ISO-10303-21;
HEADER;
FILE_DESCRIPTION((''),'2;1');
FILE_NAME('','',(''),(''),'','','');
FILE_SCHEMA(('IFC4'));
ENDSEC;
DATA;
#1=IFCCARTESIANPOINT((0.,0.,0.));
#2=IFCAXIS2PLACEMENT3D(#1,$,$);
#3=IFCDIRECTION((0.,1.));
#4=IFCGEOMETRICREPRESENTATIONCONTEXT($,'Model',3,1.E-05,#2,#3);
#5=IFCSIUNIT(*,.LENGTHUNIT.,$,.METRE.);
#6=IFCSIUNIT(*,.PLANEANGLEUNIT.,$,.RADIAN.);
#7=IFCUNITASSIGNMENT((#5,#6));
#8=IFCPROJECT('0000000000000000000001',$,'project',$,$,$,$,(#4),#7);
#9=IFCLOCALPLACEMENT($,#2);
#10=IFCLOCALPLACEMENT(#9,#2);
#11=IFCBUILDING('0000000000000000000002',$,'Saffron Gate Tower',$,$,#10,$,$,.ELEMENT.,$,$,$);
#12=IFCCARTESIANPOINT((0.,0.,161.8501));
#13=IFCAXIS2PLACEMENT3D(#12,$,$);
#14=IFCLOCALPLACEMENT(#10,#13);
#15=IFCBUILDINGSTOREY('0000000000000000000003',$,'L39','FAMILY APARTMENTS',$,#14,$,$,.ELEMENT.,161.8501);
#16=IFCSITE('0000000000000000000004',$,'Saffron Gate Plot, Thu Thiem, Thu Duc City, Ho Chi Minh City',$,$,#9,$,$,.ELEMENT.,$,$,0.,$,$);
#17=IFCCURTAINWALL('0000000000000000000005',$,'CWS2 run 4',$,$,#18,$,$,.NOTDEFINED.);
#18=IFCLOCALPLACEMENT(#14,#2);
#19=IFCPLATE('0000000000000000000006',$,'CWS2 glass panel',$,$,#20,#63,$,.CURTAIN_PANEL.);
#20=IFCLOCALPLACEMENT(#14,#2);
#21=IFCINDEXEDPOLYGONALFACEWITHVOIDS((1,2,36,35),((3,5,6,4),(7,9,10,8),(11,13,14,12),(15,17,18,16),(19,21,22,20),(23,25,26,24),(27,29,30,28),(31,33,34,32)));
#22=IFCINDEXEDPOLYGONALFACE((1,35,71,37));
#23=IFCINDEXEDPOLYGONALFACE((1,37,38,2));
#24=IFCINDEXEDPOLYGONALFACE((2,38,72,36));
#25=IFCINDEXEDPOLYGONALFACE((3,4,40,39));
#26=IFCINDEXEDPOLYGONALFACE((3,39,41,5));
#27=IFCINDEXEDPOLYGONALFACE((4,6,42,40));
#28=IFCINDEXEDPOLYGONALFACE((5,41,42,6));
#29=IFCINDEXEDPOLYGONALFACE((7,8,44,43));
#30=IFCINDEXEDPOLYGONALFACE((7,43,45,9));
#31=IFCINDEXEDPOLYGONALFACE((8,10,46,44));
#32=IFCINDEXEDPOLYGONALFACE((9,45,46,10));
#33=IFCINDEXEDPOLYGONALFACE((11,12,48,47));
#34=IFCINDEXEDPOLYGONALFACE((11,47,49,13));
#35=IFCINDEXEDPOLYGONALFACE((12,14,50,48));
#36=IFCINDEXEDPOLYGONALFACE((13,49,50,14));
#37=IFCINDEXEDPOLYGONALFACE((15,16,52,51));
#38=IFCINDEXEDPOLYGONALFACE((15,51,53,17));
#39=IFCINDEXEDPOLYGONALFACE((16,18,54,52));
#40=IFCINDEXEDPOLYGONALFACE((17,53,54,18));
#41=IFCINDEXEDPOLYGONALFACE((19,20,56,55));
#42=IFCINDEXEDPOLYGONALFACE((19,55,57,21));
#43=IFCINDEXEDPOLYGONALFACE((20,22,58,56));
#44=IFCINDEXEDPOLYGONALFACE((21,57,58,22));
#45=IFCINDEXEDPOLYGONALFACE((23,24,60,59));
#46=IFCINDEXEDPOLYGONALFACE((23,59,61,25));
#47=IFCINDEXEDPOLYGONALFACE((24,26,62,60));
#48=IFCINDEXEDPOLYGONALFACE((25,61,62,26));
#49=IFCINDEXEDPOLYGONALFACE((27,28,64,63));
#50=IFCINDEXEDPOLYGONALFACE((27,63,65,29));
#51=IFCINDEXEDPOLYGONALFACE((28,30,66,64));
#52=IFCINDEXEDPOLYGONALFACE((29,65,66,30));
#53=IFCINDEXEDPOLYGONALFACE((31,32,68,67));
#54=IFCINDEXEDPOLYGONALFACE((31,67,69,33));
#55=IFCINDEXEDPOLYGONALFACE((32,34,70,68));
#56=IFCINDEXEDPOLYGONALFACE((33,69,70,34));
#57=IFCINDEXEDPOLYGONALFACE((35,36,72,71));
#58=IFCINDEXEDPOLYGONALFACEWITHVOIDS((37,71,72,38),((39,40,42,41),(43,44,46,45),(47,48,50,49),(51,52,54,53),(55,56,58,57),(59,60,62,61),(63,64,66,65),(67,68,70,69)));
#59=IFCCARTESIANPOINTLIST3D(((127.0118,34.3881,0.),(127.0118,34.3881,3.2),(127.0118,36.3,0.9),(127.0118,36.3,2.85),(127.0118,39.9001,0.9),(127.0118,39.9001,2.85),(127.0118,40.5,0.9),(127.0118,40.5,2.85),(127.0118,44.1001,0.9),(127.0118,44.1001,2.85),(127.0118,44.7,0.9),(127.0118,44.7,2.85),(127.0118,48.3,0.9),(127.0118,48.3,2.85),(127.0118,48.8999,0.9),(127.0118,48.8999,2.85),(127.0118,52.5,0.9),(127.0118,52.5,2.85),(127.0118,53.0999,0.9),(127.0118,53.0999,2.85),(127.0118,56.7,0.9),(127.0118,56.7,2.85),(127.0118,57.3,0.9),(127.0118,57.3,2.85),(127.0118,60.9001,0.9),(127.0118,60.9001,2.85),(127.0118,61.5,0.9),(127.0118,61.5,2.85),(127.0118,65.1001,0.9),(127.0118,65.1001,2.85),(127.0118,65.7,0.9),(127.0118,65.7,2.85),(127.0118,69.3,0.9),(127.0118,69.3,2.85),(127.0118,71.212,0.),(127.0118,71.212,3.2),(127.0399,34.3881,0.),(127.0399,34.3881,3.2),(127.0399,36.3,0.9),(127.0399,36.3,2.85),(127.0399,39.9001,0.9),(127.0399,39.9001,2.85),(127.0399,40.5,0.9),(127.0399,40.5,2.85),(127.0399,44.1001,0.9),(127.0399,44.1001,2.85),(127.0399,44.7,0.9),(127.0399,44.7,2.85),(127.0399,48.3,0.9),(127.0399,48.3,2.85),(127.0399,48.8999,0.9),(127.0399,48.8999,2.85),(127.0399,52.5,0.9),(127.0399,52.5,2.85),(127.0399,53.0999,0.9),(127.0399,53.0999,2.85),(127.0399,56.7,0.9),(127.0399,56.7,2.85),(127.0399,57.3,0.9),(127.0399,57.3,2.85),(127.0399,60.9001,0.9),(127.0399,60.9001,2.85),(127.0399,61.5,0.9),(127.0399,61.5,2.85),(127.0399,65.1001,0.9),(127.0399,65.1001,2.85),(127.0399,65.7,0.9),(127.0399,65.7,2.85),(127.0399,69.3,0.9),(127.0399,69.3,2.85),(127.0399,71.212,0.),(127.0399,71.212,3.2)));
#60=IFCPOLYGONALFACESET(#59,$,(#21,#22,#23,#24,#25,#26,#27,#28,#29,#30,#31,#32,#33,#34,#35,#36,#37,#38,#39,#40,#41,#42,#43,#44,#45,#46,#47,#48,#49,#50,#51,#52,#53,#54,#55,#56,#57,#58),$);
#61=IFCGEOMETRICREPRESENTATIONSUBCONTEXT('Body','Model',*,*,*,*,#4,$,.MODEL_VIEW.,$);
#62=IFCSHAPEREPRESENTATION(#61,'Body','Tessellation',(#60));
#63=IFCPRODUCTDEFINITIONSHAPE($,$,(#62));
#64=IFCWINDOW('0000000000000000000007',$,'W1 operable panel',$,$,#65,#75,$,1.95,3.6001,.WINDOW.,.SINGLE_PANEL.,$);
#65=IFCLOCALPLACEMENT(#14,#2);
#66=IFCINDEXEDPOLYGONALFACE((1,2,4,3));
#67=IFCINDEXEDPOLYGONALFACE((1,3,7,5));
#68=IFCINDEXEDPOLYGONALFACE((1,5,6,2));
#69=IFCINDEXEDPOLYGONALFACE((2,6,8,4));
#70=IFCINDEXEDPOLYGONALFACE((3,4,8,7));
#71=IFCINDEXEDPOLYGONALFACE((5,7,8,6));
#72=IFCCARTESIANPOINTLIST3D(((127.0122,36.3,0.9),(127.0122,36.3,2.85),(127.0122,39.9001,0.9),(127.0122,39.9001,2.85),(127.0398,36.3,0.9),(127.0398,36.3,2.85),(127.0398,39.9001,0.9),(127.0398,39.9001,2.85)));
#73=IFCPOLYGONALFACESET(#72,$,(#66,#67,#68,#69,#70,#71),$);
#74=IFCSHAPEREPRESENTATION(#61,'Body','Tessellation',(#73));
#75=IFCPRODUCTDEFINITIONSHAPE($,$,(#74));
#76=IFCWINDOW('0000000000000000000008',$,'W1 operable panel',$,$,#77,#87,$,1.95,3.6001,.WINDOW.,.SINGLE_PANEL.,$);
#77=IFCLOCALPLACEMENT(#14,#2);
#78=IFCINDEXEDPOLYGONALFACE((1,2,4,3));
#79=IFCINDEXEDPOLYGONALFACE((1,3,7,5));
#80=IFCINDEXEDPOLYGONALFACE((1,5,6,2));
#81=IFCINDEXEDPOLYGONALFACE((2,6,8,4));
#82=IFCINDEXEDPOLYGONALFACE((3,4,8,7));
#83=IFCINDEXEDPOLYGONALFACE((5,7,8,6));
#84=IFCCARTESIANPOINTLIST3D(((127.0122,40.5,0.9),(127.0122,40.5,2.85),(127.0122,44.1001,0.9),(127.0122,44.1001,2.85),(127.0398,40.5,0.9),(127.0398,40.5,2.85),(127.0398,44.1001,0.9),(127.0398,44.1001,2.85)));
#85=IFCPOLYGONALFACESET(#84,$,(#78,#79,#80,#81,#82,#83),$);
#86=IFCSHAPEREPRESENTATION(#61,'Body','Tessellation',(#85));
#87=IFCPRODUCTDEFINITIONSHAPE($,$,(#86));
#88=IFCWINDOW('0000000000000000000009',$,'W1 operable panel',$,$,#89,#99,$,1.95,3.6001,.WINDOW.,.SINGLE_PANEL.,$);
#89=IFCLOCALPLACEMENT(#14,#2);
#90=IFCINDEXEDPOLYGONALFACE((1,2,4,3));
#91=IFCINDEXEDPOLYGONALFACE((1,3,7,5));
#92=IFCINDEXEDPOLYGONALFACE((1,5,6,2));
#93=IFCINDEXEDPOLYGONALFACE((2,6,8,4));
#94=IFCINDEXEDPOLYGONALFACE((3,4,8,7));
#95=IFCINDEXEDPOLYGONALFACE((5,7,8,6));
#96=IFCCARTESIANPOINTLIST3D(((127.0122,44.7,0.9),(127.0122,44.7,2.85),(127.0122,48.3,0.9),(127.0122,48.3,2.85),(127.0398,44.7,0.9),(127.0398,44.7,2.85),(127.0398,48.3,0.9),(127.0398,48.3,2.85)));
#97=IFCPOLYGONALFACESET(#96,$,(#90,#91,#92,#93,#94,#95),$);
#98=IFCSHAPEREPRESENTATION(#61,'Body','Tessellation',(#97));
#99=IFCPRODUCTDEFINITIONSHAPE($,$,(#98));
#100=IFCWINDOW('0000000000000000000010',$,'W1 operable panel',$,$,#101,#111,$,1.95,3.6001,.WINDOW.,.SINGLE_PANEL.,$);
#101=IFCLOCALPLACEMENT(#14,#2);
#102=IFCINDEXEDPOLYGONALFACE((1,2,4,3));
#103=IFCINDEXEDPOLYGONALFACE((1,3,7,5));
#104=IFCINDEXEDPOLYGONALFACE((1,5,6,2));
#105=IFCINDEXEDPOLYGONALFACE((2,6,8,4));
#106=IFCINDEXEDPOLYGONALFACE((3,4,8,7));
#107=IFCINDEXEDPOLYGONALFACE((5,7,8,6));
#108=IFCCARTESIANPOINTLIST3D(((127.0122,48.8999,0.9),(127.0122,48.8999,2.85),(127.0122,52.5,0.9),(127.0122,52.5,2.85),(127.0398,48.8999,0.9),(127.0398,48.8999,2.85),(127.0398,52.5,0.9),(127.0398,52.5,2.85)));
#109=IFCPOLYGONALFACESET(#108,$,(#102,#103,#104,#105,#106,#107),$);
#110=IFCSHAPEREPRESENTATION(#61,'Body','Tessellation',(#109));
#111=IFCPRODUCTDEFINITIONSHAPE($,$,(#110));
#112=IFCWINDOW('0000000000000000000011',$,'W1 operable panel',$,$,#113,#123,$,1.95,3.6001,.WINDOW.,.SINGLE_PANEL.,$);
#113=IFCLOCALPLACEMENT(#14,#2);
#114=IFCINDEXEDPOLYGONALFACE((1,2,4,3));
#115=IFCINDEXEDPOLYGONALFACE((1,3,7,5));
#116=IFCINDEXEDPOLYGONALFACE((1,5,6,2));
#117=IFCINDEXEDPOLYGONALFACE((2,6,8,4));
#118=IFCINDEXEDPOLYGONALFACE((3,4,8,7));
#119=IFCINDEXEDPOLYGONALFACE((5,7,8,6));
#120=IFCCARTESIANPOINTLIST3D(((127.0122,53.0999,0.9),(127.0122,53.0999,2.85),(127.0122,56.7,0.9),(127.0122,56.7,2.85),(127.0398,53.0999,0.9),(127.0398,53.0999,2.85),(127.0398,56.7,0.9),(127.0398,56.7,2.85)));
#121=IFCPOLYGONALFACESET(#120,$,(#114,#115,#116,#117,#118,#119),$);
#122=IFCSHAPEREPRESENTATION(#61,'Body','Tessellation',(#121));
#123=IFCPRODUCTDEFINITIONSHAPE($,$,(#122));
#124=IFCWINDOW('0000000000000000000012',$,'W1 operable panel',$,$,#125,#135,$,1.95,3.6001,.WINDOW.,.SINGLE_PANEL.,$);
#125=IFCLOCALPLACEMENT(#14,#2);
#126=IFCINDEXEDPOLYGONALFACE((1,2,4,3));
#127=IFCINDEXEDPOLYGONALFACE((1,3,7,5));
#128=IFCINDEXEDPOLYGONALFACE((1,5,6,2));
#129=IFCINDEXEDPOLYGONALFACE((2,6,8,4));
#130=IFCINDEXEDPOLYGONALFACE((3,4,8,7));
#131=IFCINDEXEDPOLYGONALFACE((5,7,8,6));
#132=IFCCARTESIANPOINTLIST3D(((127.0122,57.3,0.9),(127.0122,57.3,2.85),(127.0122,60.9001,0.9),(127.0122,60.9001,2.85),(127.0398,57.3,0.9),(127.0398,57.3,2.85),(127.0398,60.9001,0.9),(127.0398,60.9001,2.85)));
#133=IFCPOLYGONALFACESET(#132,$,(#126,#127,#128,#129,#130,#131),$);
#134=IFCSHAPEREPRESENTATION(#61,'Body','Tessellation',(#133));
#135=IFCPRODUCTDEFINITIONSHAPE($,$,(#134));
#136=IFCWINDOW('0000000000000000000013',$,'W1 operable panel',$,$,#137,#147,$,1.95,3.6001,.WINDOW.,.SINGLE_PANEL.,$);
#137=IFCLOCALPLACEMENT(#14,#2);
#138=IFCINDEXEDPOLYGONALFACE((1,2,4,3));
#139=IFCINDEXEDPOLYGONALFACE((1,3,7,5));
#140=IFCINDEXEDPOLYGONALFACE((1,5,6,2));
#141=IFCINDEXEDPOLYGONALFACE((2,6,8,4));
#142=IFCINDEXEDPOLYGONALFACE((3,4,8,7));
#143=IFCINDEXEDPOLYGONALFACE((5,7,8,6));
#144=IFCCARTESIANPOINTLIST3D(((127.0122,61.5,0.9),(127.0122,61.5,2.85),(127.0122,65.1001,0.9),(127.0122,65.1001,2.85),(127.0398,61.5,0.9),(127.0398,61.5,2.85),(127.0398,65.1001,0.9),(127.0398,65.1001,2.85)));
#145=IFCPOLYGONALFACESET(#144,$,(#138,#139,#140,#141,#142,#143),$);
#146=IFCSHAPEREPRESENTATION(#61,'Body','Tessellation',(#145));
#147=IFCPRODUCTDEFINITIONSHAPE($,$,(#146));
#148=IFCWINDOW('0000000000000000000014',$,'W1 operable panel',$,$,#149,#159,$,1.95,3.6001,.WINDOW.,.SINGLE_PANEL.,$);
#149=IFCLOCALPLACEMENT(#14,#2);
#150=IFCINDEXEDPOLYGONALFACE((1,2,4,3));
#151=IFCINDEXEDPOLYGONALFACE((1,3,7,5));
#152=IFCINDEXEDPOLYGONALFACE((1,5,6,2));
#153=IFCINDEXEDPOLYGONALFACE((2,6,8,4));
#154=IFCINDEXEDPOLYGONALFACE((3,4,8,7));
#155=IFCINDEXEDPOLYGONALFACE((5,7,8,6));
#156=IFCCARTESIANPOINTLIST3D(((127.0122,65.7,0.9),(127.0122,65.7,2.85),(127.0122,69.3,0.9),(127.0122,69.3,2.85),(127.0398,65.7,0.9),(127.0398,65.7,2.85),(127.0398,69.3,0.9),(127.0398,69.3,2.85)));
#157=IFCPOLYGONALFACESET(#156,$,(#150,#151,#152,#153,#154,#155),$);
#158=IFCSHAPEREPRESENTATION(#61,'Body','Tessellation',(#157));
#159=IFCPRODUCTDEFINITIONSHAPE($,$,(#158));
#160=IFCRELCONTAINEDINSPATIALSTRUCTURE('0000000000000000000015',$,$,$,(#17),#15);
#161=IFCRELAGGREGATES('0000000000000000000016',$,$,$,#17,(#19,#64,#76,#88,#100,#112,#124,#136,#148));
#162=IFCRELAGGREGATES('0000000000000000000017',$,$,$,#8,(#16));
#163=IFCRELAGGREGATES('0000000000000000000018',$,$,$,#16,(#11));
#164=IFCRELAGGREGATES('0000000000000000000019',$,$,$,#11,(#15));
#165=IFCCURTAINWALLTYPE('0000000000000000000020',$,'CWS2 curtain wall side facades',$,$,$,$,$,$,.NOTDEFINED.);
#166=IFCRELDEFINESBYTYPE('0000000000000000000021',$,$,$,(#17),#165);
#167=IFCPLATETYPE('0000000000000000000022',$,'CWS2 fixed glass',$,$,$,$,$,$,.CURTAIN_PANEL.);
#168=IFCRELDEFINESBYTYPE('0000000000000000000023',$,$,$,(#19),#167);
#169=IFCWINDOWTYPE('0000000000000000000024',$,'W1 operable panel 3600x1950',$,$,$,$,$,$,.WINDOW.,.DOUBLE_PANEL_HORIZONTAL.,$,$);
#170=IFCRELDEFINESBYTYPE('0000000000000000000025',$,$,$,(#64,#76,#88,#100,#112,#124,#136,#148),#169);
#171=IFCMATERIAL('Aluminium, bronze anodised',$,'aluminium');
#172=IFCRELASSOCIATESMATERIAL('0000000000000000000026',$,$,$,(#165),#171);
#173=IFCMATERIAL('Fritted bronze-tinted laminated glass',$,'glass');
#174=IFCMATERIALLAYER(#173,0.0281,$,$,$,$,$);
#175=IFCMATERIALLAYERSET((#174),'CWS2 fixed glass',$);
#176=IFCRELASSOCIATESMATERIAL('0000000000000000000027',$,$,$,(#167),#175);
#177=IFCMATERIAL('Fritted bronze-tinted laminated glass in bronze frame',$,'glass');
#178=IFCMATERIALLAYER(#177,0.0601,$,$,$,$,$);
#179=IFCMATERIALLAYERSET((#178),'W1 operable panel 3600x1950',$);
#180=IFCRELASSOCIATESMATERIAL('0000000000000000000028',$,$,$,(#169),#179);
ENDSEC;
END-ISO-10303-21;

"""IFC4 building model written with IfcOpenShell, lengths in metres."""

from ifc_helpers import new_model, si_unit, direction, frame, frame_2d, origin, place, context, subcontext, project, spatial, rectangle, extrude, material, layer, layer_set, type_object, element, fill, aggregate, save


model = new_model("IFC4")

# Units and contexts
model_context = context("Model", 3, precision=1e-05, world=origin(), true_north=direction((0.0, 1.0)))
body_context = subcontext(model_context, "Body", "Model", "MODEL_VIEW")
ifc_project = project(units=[si_unit("LENGTHUNIT", "METRE"), si_unit("PLANEANGLEUNIT", "RADIAN")], contexts=[model_context])

# Site, building, storey
site_placement = place(None, origin())
site = spatial("IfcSite", under=ifc_project, at=site_placement, Name="Saffron Gate Plot, Thu Thiem, Thu Duc City, Ho Chi Minh City", CompositionType="ELEMENT", RefElevation=0.0)
building_placement = place(site_placement, origin())
building = spatial("IfcBuilding", under=site, at=building_placement, Name="Saffron Gate Tower", CompositionType="ELEMENT")
storey_placement = place(building_placement, frame((0.0, 0.0, 161.8501)))
storey = spatial("IfcBuildingStorey", under=building, at=storey_placement, Name="L39", Description="FAMILY APARTMENTS", CompositionType="ELEMENT", Elevation=161.8501)

# Curtain wall
ifc_material_1 = material(Name="Aluminium, bronze anodised", Category="aluminium")
curtain_wall_type_1 = type_object("IfcCurtainWallType", Name="CWS2 curtain wall side facades", PredefinedType="NOTDEFINED", material=ifc_material_1)
curtain_wall_1_placement = place(storey_placement, origin())
curtain_wall_1 = element("IfcCurtainWall", 1, at=curtain_wall_1_placement, inside=storey, type_object=curtain_wall_type_1, Name="CWS2 run 4", PredefinedType="NOTDEFINED")

# Plate, openings, windows
ifc_material_2 = material(Name="Fritted bronze-tinted laminated glass", Category="glass")
ifc_layer_1 = layer(ifc_material_2, 0.0281)
ifc_layer_set_1 = layer_set([ifc_layer_1], Name="CWS2 fixed glass")
plate_type = type_object("IfcPlateType", Name="CWS2 fixed glass", PredefinedType="CURTAIN_PANEL", material=ifc_layer_set_1)
plate_placement = place(storey_placement, frame((127.0259, 34.3879, 0.0), z_axis=(0.0, 0.0, 1.0), x_axis=(0.0, 1.0, 0.0)))
plate = element("IfcPlate", 2, at=plate_placement, type_object=plate_type, Name="CWS2 glass panel", PredefinedType="CURTAIN_PANEL", context=body_context, shape_type="SweptSolid", body=[
    extrude(rectangle(XDim=36.824, YDim=0.0281, at=frame_2d((18.4121, 0.0))), origin(), (0.0, 0.0, 1.0), 3.2),
])
opening_1_placement = place(plate_placement, frame((1.9121, 0.0, 0.8999)))
opening_1 = element("IfcOpeningElement", 3, at=opening_1_placement, cuts=plate, PredefinedType="OPENING", context=body_context, shape_type="SweptSolid", body=[
    extrude(rectangle(XDim=3.6001, YDim=1.95, at=frame_2d((1.8, 0.9751))), frame((0.0, 0.0239, 0.0), z_axis=(0.0, -1.0, 0.0), x_axis=(1.0, 0.0, 0.0)), (0.0, 0.0, 1.0), 0.0481),
])
opening_2_placement = place(plate_placement, frame((6.1121, 0.0, 0.8999)))
opening_2 = element("IfcOpeningElement", 4, at=opening_2_placement, cuts=plate, PredefinedType="OPENING", context=body_context, shape_type="SweptSolid", body=[
    extrude(rectangle(XDim=3.6001, YDim=1.95, at=frame_2d((1.8, 0.9751))), frame((0.0, 0.0239, 0.0), z_axis=(0.0, -1.0, 0.0), x_axis=(1.0, 0.0, 0.0)), (0.0, 0.0, 1.0), 0.0481),
])
opening_3_placement = place(plate_placement, frame((10.312, 0.0, 0.8999)))
opening_3 = element("IfcOpeningElement", 5, at=opening_3_placement, cuts=plate, PredefinedType="OPENING", context=body_context, shape_type="SweptSolid", body=[
    extrude(rectangle(XDim=3.6001, YDim=1.95, at=frame_2d((1.8, 0.9751))), frame((0.0, 0.0239, 0.0), z_axis=(0.0, -1.0, 0.0), x_axis=(1.0, 0.0, 0.0)), (0.0, 0.0, 1.0), 0.0481),
])
opening_4_placement = place(plate_placement, frame((14.512, 0.0, 0.8999)))
opening_4 = element("IfcOpeningElement", 6, at=opening_4_placement, cuts=plate, PredefinedType="OPENING", context=body_context, shape_type="SweptSolid", body=[
    extrude(rectangle(XDim=3.6001, YDim=1.95, at=frame_2d((1.8, 0.9751))), frame((0.0, 0.0239, 0.0), z_axis=(0.0, -1.0, 0.0), x_axis=(1.0, 0.0, 0.0)), (0.0, 0.0, 1.0), 0.0481),
])
opening_5_placement = place(plate_placement, frame((18.7119, 0.0, 0.8999)))
opening_5 = element("IfcOpeningElement", 7, at=opening_5_placement, cuts=plate, PredefinedType="OPENING", context=body_context, shape_type="SweptSolid", body=[
    extrude(rectangle(XDim=3.6001, YDim=1.95, at=frame_2d((1.8, 0.9751))), frame((0.0, 0.0239, 0.0), z_axis=(0.0, -1.0, 0.0), x_axis=(1.0, 0.0, 0.0)), (0.0, 0.0, 1.0), 0.0481),
])
opening_6_placement = place(plate_placement, frame((22.9121, 0.0, 0.8999)))
opening_6 = element("IfcOpeningElement", 8, at=opening_6_placement, cuts=plate, PredefinedType="OPENING", context=body_context, shape_type="SweptSolid", body=[
    extrude(rectangle(XDim=3.6001, YDim=1.95, at=frame_2d((1.8, 0.9751))), frame((0.0, 0.0239, 0.0), z_axis=(0.0, -1.0, 0.0), x_axis=(1.0, 0.0, 0.0)), (0.0, 0.0, 1.0), 0.0481),
])
opening_7_placement = place(plate_placement, frame((27.1121, 0.0, 0.8999)))
opening_7 = element("IfcOpeningElement", 9, at=opening_7_placement, cuts=plate, PredefinedType="OPENING", context=body_context, shape_type="SweptSolid", body=[
    extrude(rectangle(XDim=3.6001, YDim=1.95, at=frame_2d((1.8, 0.9751))), frame((0.0, 0.0239, 0.0), z_axis=(0.0, -1.0, 0.0), x_axis=(1.0, 0.0, 0.0)), (0.0, 0.0, 1.0), 0.0481),
])
opening_8_placement = place(plate_placement, frame((31.312, 0.0, 0.8999)))
opening_8 = element("IfcOpeningElement", 10, at=opening_8_placement, cuts=plate, PredefinedType="OPENING", context=body_context, shape_type="SweptSolid", body=[
    extrude(rectangle(XDim=3.6001, YDim=1.95, at=frame_2d((1.8, 0.9751))), frame((0.0, 0.0239, 0.0), z_axis=(0.0, -1.0, 0.0), x_axis=(1.0, 0.0, 0.0)), (0.0, 0.0, 1.0), 0.0481),
])
ifc_material_3 = material(Name="Fritted bronze-tinted laminated glass in bronze frame", Category="glass")
ifc_layer_2 = layer(ifc_material_3, 0.0601)
ifc_layer_set_2 = layer_set([ifc_layer_2], Name="W1 operable panel 3600x1950")
window_type = type_object("IfcWindowType", Name="W1 operable panel 3600x1950", PartitioningType="DOUBLE_PANEL_HORIZONTAL", PredefinedType="WINDOW", material=ifc_layer_set_2)
window_1_placement = place(opening_1_placement, origin())
window_1 = element("IfcWindow", 11, at=window_1_placement, type_object=window_type, Name="W1 operable panel", OverallHeight=1.95, OverallWidth=3.6001, PartitioningType="SINGLE_PANEL", PredefinedType="WINDOW", context=body_context, shape_type="SweptSolid", body=[
    extrude(rectangle(XDim=3.6001, YDim=1.95, at=frame_2d((1.8, 0.9751))), frame((0.0, 0.0137, 0.0), z_axis=(0.0, -1.0, 0.0), x_axis=(1.0, 0.0, 0.0)), (0.0, 0.0, 1.0), 0.0276),
])
fill(opening_1, window_1)
window_2_placement = place(opening_2_placement, origin())
window_2 = element("IfcWindow", 12, at=window_2_placement, type_object=window_type, Name="W1 operable panel", OverallHeight=1.95, OverallWidth=3.6001, PartitioningType="SINGLE_PANEL", PredefinedType="WINDOW", context=body_context, shape_type="SweptSolid", body=[
    extrude(rectangle(XDim=3.6001, YDim=1.95, at=frame_2d((1.8, 0.9751))), frame((0.0, 0.0137, 0.0), z_axis=(0.0, -1.0, 0.0), x_axis=(1.0, 0.0, 0.0)), (0.0, 0.0, 1.0), 0.0276),
])
fill(opening_2, window_2)
window_3_placement = place(opening_3_placement, origin())
window_3 = element("IfcWindow", 13, at=window_3_placement, type_object=window_type, Name="W1 operable panel", OverallHeight=1.95, OverallWidth=3.6001, PartitioningType="SINGLE_PANEL", PredefinedType="WINDOW", context=body_context, shape_type="SweptSolid", body=[
    extrude(rectangle(XDim=3.6001, YDim=1.95, at=frame_2d((1.8, 0.9751))), frame((0.0, 0.0137, 0.0), z_axis=(0.0, -1.0, 0.0), x_axis=(1.0, 0.0, 0.0)), (0.0, 0.0, 1.0), 0.0276),
])
fill(opening_3, window_3)
window_4_placement = place(opening_4_placement, origin())
window_4 = element("IfcWindow", 14, at=window_4_placement, type_object=window_type, Name="W1 operable panel", OverallHeight=1.95, OverallWidth=3.6001, PartitioningType="SINGLE_PANEL", PredefinedType="WINDOW", context=body_context, shape_type="SweptSolid", body=[
    extrude(rectangle(XDim=3.6001, YDim=1.95, at=frame_2d((1.8, 0.9751))), frame((0.0, 0.0137, 0.0), z_axis=(0.0, -1.0, 0.0), x_axis=(1.0, 0.0, 0.0)), (0.0, 0.0, 1.0), 0.0276),
])
fill(opening_4, window_4)
window_5_placement = place(opening_5_placement, origin())
window_5 = element("IfcWindow", 15, at=window_5_placement, type_object=window_type, Name="W1 operable panel", OverallHeight=1.95, OverallWidth=3.6001, PartitioningType="SINGLE_PANEL", PredefinedType="WINDOW", context=body_context, shape_type="SweptSolid", body=[
    extrude(rectangle(XDim=3.6001, YDim=1.95, at=frame_2d((1.8, 0.9751))), frame((0.0, 0.0137, 0.0), z_axis=(0.0, -1.0, 0.0), x_axis=(1.0, 0.0, 0.0)), (0.0, 0.0, 1.0), 0.0276),
])
fill(opening_5, window_5)
window_6_placement = place(opening_6_placement, origin())
window_6 = element("IfcWindow", 16, at=window_6_placement, type_object=window_type, Name="W1 operable panel", OverallHeight=1.95, OverallWidth=3.6001, PartitioningType="SINGLE_PANEL", PredefinedType="WINDOW", context=body_context, shape_type="SweptSolid", body=[
    extrude(rectangle(XDim=3.6001, YDim=1.95, at=frame_2d((1.8, 0.9751))), frame((0.0, 0.0137, 0.0), z_axis=(0.0, -1.0, 0.0), x_axis=(1.0, 0.0, 0.0)), (0.0, 0.0, 1.0), 0.0276),
])
fill(opening_6, window_6)
window_7_placement = place(opening_7_placement, origin())
window_7 = element("IfcWindow", 17, at=window_7_placement, type_object=window_type, Name="W1 operable panel", OverallHeight=1.95, OverallWidth=3.6001, PartitioningType="SINGLE_PANEL", PredefinedType="WINDOW", context=body_context, shape_type="SweptSolid", body=[
    extrude(rectangle(XDim=3.6001, YDim=1.95, at=frame_2d((1.8, 0.9751))), frame((0.0, 0.0137, 0.0), z_axis=(0.0, -1.0, 0.0), x_axis=(1.0, 0.0, 0.0)), (0.0, 0.0, 1.0), 0.0276),
])
fill(opening_7, window_7)
window_8_placement = place(opening_8_placement, origin())
window_8 = element("IfcWindow", 18, at=window_8_placement, type_object=window_type, Name="W1 operable panel", OverallHeight=1.95, OverallWidth=3.6001, PartitioningType="SINGLE_PANEL", PredefinedType="WINDOW", context=body_context, shape_type="SweptSolid", body=[
    extrude(rectangle(XDim=3.6001, YDim=1.95, at=frame_2d((1.8, 0.9751))), frame((0.0, 0.0137, 0.0), z_axis=(0.0, -1.0, 0.0), x_axis=(1.0, 0.0, 0.0)), (0.0, 0.0, 1.0), 0.0276),
])
fill(opening_8, window_8)
aggregate(curtain_wall_1, [plate, window_1, window_2, window_3, window_4, window_5, window_6, window_7, window_8])

save(model, "model.ifc")
